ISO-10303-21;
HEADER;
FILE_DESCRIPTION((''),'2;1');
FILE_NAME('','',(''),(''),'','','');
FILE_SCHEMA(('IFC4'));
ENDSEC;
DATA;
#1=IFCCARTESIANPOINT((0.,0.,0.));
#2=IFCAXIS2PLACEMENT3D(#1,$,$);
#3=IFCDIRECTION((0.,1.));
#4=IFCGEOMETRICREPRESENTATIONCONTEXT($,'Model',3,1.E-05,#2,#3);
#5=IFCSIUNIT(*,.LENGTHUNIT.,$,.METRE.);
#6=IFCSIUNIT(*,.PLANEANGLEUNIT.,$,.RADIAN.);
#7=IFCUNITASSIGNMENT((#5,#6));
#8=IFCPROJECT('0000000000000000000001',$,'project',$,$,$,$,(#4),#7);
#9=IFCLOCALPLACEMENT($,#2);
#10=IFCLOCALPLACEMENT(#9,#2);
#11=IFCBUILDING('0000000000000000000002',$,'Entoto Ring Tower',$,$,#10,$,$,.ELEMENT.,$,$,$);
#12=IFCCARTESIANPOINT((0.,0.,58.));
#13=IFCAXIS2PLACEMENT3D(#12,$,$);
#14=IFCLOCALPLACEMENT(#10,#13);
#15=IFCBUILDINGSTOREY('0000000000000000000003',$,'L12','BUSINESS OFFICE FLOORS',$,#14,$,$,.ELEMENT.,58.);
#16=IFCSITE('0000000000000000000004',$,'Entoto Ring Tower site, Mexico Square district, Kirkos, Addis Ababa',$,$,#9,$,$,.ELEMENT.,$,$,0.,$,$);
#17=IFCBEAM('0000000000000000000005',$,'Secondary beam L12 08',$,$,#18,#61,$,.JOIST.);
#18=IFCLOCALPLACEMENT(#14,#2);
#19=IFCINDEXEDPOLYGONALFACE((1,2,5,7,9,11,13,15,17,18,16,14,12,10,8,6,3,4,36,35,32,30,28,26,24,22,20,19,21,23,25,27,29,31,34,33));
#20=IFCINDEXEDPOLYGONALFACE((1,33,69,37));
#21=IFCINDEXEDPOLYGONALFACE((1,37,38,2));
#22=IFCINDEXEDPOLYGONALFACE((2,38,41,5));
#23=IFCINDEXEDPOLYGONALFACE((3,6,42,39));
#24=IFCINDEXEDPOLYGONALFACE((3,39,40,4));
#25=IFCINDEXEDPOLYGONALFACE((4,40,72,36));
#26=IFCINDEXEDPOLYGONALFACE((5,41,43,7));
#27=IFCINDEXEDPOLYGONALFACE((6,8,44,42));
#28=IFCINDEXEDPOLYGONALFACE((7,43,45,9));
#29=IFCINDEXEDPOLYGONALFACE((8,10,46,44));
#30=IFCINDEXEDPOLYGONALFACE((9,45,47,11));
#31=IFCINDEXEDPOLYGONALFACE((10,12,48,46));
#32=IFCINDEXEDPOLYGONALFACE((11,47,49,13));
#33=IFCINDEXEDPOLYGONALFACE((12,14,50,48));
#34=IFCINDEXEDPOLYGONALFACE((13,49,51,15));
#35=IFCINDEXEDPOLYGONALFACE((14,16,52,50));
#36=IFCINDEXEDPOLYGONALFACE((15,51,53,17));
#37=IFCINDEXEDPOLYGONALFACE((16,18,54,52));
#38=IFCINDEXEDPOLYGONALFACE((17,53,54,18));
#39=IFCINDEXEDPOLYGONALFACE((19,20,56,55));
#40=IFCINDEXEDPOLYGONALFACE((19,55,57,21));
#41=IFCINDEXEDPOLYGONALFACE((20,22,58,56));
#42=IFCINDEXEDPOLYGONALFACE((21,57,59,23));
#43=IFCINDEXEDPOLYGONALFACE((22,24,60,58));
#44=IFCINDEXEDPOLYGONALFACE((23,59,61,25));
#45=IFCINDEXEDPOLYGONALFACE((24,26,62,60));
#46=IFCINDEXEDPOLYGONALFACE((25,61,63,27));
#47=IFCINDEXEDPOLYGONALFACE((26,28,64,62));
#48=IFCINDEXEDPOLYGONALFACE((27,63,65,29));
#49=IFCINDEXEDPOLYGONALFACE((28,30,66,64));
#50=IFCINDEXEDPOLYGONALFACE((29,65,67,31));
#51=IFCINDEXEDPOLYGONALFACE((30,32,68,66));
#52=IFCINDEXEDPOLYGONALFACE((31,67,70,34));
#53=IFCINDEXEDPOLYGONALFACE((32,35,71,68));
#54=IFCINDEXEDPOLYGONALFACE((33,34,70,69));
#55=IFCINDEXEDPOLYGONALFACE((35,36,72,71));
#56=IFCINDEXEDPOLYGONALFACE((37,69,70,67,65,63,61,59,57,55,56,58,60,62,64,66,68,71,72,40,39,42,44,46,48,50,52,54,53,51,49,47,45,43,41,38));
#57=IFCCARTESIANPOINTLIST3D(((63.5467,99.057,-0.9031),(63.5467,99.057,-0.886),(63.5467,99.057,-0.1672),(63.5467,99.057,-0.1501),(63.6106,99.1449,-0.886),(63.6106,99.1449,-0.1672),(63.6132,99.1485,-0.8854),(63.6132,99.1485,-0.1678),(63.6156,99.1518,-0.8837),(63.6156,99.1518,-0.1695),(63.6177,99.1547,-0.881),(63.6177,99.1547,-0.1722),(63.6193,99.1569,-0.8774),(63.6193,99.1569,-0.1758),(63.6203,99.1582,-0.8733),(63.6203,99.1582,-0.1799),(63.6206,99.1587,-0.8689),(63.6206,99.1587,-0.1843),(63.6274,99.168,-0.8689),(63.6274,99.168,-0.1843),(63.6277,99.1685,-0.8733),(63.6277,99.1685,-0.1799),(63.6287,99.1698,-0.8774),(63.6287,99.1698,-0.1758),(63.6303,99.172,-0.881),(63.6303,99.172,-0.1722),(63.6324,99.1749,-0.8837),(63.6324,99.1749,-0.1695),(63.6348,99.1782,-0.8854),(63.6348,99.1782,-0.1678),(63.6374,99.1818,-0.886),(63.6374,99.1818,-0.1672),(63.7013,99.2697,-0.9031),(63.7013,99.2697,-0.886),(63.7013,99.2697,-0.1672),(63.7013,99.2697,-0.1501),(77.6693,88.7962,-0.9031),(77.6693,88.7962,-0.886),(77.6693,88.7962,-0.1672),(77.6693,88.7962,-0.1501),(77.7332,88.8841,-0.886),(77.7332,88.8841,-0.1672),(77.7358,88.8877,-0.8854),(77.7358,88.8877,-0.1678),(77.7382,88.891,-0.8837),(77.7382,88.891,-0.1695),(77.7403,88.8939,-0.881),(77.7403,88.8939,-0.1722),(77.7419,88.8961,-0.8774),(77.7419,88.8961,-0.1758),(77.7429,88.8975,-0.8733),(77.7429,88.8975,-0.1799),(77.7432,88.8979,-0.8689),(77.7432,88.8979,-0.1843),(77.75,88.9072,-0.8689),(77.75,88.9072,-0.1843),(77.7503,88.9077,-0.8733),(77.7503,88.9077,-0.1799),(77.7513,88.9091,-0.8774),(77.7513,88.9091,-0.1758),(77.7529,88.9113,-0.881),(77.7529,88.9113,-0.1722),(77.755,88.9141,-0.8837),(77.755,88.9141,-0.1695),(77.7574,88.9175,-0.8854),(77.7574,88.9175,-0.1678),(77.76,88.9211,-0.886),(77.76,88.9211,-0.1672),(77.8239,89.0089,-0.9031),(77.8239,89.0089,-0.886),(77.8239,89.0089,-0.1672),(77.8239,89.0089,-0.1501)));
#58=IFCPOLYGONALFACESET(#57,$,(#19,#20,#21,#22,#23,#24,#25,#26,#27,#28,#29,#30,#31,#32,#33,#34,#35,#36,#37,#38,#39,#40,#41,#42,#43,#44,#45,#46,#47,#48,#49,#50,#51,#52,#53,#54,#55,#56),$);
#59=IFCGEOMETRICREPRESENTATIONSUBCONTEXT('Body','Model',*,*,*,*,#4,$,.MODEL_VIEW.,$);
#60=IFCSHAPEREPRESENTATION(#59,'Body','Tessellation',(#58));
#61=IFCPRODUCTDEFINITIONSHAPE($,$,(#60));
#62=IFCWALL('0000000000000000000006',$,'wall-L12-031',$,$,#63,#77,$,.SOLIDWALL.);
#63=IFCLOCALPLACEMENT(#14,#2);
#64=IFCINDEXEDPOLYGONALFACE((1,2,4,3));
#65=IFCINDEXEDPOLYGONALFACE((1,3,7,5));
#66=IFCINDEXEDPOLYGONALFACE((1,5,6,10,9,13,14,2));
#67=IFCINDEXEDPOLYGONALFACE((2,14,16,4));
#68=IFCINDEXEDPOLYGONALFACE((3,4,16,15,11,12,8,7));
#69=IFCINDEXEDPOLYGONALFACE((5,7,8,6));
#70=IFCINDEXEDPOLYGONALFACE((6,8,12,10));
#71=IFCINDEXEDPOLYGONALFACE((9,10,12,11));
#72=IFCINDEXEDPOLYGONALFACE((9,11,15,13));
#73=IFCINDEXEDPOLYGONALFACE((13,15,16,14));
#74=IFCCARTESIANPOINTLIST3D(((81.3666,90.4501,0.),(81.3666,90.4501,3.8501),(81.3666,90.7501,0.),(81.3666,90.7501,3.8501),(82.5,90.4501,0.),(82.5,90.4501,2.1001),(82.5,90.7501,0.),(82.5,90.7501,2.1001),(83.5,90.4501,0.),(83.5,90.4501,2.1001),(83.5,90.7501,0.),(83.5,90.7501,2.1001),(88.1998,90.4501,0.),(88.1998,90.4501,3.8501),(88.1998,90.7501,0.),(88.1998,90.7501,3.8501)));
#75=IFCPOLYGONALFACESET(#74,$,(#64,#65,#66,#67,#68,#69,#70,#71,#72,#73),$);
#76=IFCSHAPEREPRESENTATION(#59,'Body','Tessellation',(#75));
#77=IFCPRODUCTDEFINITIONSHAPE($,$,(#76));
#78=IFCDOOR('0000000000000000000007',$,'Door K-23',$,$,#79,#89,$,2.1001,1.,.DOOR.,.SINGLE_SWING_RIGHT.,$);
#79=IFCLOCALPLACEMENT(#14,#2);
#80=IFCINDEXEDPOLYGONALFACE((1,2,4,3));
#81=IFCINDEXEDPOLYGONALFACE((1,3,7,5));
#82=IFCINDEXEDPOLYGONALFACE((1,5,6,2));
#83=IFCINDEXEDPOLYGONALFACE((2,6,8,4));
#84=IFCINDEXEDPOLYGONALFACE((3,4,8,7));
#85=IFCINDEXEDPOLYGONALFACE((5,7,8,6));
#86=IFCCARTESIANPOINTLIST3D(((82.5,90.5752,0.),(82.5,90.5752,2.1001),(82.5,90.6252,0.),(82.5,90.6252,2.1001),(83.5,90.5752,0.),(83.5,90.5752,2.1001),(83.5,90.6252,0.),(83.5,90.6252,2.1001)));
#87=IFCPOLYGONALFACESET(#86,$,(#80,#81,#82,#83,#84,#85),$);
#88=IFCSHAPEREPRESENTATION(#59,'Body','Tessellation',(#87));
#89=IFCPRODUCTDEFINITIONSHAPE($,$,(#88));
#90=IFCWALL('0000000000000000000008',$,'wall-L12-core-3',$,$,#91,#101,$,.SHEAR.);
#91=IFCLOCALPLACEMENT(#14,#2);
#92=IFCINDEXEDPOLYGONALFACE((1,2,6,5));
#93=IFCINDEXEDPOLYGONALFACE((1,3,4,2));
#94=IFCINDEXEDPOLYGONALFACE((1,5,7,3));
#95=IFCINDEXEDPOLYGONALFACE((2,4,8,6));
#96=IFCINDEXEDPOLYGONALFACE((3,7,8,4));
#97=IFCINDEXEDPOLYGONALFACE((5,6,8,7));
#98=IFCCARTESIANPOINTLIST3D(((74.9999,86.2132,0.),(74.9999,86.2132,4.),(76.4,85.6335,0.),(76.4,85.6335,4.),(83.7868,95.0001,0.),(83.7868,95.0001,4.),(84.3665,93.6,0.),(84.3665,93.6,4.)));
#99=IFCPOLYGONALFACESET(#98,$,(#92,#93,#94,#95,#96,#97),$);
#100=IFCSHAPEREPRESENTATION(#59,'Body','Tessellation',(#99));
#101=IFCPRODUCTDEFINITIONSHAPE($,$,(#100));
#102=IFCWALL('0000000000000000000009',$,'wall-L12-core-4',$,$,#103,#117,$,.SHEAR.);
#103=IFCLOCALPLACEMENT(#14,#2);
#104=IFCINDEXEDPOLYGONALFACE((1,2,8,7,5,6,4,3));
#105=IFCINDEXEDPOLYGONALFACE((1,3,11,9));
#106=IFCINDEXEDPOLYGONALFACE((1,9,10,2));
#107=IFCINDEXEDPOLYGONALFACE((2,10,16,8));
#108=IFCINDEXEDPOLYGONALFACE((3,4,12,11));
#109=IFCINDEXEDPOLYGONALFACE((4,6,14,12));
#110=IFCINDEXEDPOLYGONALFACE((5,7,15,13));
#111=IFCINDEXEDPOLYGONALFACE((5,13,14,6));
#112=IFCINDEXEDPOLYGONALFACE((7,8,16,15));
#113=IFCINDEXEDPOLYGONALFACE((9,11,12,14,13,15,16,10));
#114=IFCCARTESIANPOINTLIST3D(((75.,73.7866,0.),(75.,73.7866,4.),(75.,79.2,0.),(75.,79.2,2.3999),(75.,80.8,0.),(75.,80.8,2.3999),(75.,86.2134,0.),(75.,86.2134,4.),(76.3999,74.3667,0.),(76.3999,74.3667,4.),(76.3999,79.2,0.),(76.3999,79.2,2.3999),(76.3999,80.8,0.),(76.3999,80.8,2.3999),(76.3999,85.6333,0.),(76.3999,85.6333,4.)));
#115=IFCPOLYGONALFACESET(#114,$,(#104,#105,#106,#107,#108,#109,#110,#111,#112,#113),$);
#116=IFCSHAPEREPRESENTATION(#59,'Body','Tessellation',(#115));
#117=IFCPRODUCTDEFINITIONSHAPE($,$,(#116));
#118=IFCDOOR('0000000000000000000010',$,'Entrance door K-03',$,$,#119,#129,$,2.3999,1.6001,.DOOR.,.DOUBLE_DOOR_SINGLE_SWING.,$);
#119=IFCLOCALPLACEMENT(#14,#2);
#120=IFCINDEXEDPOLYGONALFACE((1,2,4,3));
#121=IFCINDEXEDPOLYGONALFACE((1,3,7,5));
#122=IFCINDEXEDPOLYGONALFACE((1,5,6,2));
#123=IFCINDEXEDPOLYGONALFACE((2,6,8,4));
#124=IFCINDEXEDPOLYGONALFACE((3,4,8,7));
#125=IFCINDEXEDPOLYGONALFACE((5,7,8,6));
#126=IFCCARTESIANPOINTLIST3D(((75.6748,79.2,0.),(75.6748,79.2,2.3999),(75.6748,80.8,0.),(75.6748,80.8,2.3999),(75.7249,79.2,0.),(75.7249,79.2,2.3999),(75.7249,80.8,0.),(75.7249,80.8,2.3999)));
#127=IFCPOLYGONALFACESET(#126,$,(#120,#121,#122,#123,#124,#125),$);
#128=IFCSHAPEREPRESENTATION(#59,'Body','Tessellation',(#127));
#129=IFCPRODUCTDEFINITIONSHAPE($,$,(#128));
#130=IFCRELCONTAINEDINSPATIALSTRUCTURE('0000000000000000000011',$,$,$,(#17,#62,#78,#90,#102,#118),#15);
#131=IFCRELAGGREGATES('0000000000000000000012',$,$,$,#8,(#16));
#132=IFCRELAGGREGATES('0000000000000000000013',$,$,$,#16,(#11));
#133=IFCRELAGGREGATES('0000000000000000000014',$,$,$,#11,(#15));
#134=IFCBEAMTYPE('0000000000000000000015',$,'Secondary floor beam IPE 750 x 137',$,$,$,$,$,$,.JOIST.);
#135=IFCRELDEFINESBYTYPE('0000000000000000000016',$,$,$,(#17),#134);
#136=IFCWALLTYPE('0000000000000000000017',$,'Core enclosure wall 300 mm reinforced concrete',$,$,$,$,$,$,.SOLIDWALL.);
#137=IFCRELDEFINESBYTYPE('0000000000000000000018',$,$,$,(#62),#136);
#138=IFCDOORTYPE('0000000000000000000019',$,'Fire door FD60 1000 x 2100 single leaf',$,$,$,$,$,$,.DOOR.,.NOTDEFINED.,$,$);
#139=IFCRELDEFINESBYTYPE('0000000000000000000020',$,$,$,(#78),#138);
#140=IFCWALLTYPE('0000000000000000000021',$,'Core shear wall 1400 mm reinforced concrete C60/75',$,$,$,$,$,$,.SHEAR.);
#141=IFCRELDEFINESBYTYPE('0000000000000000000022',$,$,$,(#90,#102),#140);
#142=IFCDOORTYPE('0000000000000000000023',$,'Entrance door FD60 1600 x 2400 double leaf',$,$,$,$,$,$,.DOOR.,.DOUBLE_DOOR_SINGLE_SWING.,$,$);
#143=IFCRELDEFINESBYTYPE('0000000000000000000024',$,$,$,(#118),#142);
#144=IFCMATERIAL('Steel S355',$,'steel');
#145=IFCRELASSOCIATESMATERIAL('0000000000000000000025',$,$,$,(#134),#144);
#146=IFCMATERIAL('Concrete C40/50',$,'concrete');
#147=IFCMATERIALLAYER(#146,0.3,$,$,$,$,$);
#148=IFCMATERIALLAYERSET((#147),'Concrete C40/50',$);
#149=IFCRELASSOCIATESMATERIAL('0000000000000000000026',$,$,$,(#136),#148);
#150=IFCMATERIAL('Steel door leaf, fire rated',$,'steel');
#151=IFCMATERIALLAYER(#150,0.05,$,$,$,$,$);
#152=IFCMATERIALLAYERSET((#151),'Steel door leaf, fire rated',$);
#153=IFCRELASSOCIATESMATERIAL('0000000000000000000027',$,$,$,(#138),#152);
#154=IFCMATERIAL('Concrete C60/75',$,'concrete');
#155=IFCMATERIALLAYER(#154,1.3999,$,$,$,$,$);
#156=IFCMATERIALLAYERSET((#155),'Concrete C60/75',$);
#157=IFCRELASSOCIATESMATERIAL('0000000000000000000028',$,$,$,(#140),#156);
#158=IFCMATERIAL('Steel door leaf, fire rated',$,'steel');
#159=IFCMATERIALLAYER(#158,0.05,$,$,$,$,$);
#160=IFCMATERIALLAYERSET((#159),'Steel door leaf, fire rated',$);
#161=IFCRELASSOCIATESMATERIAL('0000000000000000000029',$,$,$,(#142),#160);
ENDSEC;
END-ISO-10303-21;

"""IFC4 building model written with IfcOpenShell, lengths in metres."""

from ifc_helpers import new_model, si_unit, direction, frame, frame_2d, origin, origin_2d, place, context, subcontext, project, spatial, polyline, rectangle, i_section, outline, extrude, material, layer, layer_set, material_profile, profile_set, type_object, element, fill, save


model = new_model("IFC4")

# Units and contexts
model_context = context("Model", 3, precision=1e-05, world=origin(), true_north=direction((0.0, 1.0)))
body_context = subcontext(model_context, "Body", "Model", "MODEL_VIEW")
ifc_project = project(units=[si_unit("LENGTHUNIT", "METRE"), si_unit("PLANEANGLEUNIT", "RADIAN")], contexts=[model_context])

# Site, building, storey
site_placement = place(None, origin())
site = spatial("IfcSite", under=ifc_project, at=site_placement, Name="Entoto Ring Tower site, Mexico Square district, Kirkos, Addis Ababa", CompositionType="ELEMENT", RefElevation=0.0)
building_placement = place(site_placement, origin())
building = spatial("IfcBuilding", under=site, at=building_placement, Name="Entoto Ring Tower", CompositionType="ELEMENT")
storey_placement = place(building_placement, frame((0.0, 0.0, 58.0)))
storey = spatial("IfcBuildingStorey", under=building, at=storey_placement, Name="L12", Description="BUSINESS OFFICE FLOORS", CompositionType="ELEMENT", Elevation=58.0)

# Beam
ifc_material_1 = material(Name="Steel S355", Category="steel")
ifc_material_profile_1 = material_profile(ifc_material_1, i_section(OverallWidth=0.2629, OverallDepth=0.7529, WebThickness=0.0115, FlangeThickness=0.0171, FilletRadius=0.0171, at=origin_2d()), Name="IPE 750 x 137")
ifc_profile_set_1 = profile_set([ifc_material_profile_1], Name="Steel S355")
beam_type_1 = type_object("IfcBeamType", Name="Secondary floor beam IPE 750 x 137", PredefinedType="JOIST", material=ifc_profile_set_1)
for number, where, z_axis, x_axis, name in (
    (1, (77.7466, 88.9026, -0.5266), (-0.809014, 0.587789, 0.0), (-0.587789, -0.809014, 0.0), "Secondary beam L12 08"),
):
    element("IfcBeam", number, at=place(storey_placement, frame(where, z_axis=z_axis, x_axis=x_axis)), inside=storey, type_object=beam_type_1, Name=name, PredefinedType="JOIST", context=body_context, shape_type="SweptSolid", body=[
        extrude(i_section(OverallWidth=0.2629, OverallDepth=0.7529, WebThickness=0.0115, FlangeThickness=0.0171, FilletRadius=0.0171, at=origin_2d()), origin(), (0.0, 0.0, 1.0), 17.4565),
    ])

# Wall, opening, door
ifc_material_2 = material(Name="Concrete C40/50", Category="concrete")
ifc_layer_1 = layer(ifc_material_2, 0.3)
ifc_layer_set_1 = layer_set([ifc_layer_1], Name="Concrete C40/50")
wall_type_1 = type_object("IfcWallType", Name="Core enclosure wall 300 mm reinforced concrete", PredefinedType="SOLIDWALL", material=ifc_layer_set_1)
wall_1_placement = place(storey_placement, frame((81.3667, 90.6001, 0.0), z_axis=(0.0, 0.0, 1.0), x_axis=(1.0, 0.0, 0.0)))
wall_1 = element("IfcWall", 2, at=wall_1_placement, inside=storey, type_object=wall_type_1, Name="wall-L12-031", PredefinedType="SOLIDWALL", context=body_context, shape_type="SweptSolid", body=[
    extrude(rectangle(XDim=6.8333, YDim=0.3, at=frame_2d((3.4165, 0.0))), origin(), (0.0, 0.0, 1.0), 3.8501),
])
opening_1_placement = place(wall_1_placement, frame((1.1333, 0.0, 0.0)))
opening_1 = element("IfcOpeningElement", 3, at=opening_1_placement, cuts=wall_1, PredefinedType="OPENING", context=body_context, shape_type="SweptSolid", body=[
    extrude(rectangle(XDim=1.0, YDim=2.1001, at=frame_2d((0.5, 1.05))), frame((0.0, 0.1602, 0.0), z_axis=(0.0, -1.0, 0.0), x_axis=(1.0, 0.0, 0.0)), (0.0, 0.0, 1.0), 0.3201),
])
ifc_material_3 = material(Name="Steel door leaf, fire rated", Category="steel")
ifc_layer_2 = layer(ifc_material_3, 0.05)
ifc_layer_set_2 = layer_set([ifc_layer_2], Name="Steel door leaf, fire rated")
door_type_1 = type_object("IfcDoorType", Name="Fire door FD60 1000 x 2100 single leaf", OperationType="NOTDEFINED", PredefinedType="DOOR", material=ifc_layer_set_2)
door_1_placement = place(opening_1_placement, frame((1.0, 0.0, 0.0), z_axis=(0.0, 0.0, 1.0), x_axis=(-1.0, 0.0, 0.0)))
door_1 = element("IfcDoor", 4, at=door_1_placement, inside=storey, type_object=door_type_1, Name="Door K-23", OperationType="SINGLE_SWING_RIGHT", OverallHeight=2.1001, OverallWidth=1.0, PredefinedType="DOOR", context=body_context, shape_type="SweptSolid", body=[
    extrude(rectangle(XDim=1.0, YDim=2.1001, at=frame_2d((0.5, 1.05))), frame((0.0, 0.0249, 0.0), z_axis=(0.0, -1.0, 0.0), x_axis=(1.0, 0.0, 0.0)), (0.0, 0.0, 1.0), 0.05),
])
fill(opening_1, door_1)

# Wall
ifc_material_4 = material(Name="Concrete C60/75", Category="concrete")
ifc_layer_3 = layer(ifc_material_4, 1.3999)
ifc_layer_set_3 = layer_set([ifc_layer_3], Name="Concrete C60/75")
wall_type_2 = type_object("IfcWallType", Name="Core shear wall 1400 mm reinforced concrete C60/75", PredefinedType="SHEAR", material=ifc_layer_set_3)
wall_2_placement = place(storey_placement, frame((84.0767, 94.3, 0.0), z_axis=(0.0, 0.0, 1.0), x_axis=(-0.707107, -0.707107, 0.0)))
element("IfcWall", 5, at=wall_2_placement, inside=storey, type_object=wall_type_2, Name="wall-L12-core-3", PredefinedType="SHEAR", context=body_context, shape_type="SweptSolid", body=[
    extrude(outline(polyline([(-0.29, -0.7), (12.1365, -0.7), (11.5564, 0.7), (0.29, 0.7), (-0.29, -0.7)])), origin(), (0.0, 0.0, 1.0), 4.0),
])

# Wall, opening, door
wall_3_placement = place(storey_placement, frame((75.7, 85.9233, 0.0), z_axis=(0.0, 0.0, 1.0), x_axis=(0.0, -1.0, 0.0)))
wall_3 = element("IfcWall", 6, at=wall_3_placement, inside=storey, type_object=wall_type_2, Name="wall-L12-core-4", PredefinedType="SHEAR", context=body_context, shape_type="SweptSolid", body=[
    extrude(outline(polyline([(-0.29, -0.7), (12.1367, -0.7), (11.5566, 0.7), (0.29, 0.7), (-0.29, -0.7)])), origin(), (0.0, 0.0, 1.0), 4.0),
])
opening_2_placement = place(wall_3_placement, frame((5.1233, 0.0, 0.0)))
opening_2 = element("IfcOpeningElement", 7, at=opening_2_placement, cuts=wall_3, PredefinedType="OPENING", context=body_context, shape_type="SweptSolid", body=[
    extrude(rectangle(XDim=1.6001, YDim=2.3999, at=frame_2d((0.8, 1.2))), frame((0.0, 0.71, 0.0), z_axis=(0.0, -1.0, 0.0), x_axis=(1.0, 0.0, 0.0)), (0.0, 0.0, 1.0), 1.4199),
])
ifc_material_5 = material(Name="Steel door leaf, fire rated", Category="steel")
ifc_layer_4 = layer(ifc_material_5, 0.05)
ifc_layer_set_4 = layer_set([ifc_layer_4], Name="Steel door leaf, fire rated")
door_type_2 = type_object("IfcDoorType", Name="Entrance door FD60 1600 x 2400 double leaf", OperationType="DOUBLE_DOOR_SINGLE_SWING", PredefinedType="DOOR", material=ifc_layer_set_4)
door_2_placement = place(opening_2_placement, origin())
door_2 = element("IfcDoor", 8, at=door_2_placement, inside=storey, type_object=door_type_2, Name="Entrance door K-03", OperationType="DOUBLE_DOOR_SINGLE_SWING", OverallHeight=2.3999, OverallWidth=1.6001, PredefinedType="DOOR", context=body_context, shape_type="SweptSolid", body=[
    extrude(rectangle(XDim=1.6001, YDim=2.3999, at=frame_2d((0.8, 1.2))), frame((0.0, 0.0249, 0.0), z_axis=(0.0, -1.0, 0.0), x_axis=(1.0, 0.0, 0.0)), (0.0, 0.0, 1.0), 0.05),
])
fill(opening_2, door_2)

save(model, "model.ifc")
